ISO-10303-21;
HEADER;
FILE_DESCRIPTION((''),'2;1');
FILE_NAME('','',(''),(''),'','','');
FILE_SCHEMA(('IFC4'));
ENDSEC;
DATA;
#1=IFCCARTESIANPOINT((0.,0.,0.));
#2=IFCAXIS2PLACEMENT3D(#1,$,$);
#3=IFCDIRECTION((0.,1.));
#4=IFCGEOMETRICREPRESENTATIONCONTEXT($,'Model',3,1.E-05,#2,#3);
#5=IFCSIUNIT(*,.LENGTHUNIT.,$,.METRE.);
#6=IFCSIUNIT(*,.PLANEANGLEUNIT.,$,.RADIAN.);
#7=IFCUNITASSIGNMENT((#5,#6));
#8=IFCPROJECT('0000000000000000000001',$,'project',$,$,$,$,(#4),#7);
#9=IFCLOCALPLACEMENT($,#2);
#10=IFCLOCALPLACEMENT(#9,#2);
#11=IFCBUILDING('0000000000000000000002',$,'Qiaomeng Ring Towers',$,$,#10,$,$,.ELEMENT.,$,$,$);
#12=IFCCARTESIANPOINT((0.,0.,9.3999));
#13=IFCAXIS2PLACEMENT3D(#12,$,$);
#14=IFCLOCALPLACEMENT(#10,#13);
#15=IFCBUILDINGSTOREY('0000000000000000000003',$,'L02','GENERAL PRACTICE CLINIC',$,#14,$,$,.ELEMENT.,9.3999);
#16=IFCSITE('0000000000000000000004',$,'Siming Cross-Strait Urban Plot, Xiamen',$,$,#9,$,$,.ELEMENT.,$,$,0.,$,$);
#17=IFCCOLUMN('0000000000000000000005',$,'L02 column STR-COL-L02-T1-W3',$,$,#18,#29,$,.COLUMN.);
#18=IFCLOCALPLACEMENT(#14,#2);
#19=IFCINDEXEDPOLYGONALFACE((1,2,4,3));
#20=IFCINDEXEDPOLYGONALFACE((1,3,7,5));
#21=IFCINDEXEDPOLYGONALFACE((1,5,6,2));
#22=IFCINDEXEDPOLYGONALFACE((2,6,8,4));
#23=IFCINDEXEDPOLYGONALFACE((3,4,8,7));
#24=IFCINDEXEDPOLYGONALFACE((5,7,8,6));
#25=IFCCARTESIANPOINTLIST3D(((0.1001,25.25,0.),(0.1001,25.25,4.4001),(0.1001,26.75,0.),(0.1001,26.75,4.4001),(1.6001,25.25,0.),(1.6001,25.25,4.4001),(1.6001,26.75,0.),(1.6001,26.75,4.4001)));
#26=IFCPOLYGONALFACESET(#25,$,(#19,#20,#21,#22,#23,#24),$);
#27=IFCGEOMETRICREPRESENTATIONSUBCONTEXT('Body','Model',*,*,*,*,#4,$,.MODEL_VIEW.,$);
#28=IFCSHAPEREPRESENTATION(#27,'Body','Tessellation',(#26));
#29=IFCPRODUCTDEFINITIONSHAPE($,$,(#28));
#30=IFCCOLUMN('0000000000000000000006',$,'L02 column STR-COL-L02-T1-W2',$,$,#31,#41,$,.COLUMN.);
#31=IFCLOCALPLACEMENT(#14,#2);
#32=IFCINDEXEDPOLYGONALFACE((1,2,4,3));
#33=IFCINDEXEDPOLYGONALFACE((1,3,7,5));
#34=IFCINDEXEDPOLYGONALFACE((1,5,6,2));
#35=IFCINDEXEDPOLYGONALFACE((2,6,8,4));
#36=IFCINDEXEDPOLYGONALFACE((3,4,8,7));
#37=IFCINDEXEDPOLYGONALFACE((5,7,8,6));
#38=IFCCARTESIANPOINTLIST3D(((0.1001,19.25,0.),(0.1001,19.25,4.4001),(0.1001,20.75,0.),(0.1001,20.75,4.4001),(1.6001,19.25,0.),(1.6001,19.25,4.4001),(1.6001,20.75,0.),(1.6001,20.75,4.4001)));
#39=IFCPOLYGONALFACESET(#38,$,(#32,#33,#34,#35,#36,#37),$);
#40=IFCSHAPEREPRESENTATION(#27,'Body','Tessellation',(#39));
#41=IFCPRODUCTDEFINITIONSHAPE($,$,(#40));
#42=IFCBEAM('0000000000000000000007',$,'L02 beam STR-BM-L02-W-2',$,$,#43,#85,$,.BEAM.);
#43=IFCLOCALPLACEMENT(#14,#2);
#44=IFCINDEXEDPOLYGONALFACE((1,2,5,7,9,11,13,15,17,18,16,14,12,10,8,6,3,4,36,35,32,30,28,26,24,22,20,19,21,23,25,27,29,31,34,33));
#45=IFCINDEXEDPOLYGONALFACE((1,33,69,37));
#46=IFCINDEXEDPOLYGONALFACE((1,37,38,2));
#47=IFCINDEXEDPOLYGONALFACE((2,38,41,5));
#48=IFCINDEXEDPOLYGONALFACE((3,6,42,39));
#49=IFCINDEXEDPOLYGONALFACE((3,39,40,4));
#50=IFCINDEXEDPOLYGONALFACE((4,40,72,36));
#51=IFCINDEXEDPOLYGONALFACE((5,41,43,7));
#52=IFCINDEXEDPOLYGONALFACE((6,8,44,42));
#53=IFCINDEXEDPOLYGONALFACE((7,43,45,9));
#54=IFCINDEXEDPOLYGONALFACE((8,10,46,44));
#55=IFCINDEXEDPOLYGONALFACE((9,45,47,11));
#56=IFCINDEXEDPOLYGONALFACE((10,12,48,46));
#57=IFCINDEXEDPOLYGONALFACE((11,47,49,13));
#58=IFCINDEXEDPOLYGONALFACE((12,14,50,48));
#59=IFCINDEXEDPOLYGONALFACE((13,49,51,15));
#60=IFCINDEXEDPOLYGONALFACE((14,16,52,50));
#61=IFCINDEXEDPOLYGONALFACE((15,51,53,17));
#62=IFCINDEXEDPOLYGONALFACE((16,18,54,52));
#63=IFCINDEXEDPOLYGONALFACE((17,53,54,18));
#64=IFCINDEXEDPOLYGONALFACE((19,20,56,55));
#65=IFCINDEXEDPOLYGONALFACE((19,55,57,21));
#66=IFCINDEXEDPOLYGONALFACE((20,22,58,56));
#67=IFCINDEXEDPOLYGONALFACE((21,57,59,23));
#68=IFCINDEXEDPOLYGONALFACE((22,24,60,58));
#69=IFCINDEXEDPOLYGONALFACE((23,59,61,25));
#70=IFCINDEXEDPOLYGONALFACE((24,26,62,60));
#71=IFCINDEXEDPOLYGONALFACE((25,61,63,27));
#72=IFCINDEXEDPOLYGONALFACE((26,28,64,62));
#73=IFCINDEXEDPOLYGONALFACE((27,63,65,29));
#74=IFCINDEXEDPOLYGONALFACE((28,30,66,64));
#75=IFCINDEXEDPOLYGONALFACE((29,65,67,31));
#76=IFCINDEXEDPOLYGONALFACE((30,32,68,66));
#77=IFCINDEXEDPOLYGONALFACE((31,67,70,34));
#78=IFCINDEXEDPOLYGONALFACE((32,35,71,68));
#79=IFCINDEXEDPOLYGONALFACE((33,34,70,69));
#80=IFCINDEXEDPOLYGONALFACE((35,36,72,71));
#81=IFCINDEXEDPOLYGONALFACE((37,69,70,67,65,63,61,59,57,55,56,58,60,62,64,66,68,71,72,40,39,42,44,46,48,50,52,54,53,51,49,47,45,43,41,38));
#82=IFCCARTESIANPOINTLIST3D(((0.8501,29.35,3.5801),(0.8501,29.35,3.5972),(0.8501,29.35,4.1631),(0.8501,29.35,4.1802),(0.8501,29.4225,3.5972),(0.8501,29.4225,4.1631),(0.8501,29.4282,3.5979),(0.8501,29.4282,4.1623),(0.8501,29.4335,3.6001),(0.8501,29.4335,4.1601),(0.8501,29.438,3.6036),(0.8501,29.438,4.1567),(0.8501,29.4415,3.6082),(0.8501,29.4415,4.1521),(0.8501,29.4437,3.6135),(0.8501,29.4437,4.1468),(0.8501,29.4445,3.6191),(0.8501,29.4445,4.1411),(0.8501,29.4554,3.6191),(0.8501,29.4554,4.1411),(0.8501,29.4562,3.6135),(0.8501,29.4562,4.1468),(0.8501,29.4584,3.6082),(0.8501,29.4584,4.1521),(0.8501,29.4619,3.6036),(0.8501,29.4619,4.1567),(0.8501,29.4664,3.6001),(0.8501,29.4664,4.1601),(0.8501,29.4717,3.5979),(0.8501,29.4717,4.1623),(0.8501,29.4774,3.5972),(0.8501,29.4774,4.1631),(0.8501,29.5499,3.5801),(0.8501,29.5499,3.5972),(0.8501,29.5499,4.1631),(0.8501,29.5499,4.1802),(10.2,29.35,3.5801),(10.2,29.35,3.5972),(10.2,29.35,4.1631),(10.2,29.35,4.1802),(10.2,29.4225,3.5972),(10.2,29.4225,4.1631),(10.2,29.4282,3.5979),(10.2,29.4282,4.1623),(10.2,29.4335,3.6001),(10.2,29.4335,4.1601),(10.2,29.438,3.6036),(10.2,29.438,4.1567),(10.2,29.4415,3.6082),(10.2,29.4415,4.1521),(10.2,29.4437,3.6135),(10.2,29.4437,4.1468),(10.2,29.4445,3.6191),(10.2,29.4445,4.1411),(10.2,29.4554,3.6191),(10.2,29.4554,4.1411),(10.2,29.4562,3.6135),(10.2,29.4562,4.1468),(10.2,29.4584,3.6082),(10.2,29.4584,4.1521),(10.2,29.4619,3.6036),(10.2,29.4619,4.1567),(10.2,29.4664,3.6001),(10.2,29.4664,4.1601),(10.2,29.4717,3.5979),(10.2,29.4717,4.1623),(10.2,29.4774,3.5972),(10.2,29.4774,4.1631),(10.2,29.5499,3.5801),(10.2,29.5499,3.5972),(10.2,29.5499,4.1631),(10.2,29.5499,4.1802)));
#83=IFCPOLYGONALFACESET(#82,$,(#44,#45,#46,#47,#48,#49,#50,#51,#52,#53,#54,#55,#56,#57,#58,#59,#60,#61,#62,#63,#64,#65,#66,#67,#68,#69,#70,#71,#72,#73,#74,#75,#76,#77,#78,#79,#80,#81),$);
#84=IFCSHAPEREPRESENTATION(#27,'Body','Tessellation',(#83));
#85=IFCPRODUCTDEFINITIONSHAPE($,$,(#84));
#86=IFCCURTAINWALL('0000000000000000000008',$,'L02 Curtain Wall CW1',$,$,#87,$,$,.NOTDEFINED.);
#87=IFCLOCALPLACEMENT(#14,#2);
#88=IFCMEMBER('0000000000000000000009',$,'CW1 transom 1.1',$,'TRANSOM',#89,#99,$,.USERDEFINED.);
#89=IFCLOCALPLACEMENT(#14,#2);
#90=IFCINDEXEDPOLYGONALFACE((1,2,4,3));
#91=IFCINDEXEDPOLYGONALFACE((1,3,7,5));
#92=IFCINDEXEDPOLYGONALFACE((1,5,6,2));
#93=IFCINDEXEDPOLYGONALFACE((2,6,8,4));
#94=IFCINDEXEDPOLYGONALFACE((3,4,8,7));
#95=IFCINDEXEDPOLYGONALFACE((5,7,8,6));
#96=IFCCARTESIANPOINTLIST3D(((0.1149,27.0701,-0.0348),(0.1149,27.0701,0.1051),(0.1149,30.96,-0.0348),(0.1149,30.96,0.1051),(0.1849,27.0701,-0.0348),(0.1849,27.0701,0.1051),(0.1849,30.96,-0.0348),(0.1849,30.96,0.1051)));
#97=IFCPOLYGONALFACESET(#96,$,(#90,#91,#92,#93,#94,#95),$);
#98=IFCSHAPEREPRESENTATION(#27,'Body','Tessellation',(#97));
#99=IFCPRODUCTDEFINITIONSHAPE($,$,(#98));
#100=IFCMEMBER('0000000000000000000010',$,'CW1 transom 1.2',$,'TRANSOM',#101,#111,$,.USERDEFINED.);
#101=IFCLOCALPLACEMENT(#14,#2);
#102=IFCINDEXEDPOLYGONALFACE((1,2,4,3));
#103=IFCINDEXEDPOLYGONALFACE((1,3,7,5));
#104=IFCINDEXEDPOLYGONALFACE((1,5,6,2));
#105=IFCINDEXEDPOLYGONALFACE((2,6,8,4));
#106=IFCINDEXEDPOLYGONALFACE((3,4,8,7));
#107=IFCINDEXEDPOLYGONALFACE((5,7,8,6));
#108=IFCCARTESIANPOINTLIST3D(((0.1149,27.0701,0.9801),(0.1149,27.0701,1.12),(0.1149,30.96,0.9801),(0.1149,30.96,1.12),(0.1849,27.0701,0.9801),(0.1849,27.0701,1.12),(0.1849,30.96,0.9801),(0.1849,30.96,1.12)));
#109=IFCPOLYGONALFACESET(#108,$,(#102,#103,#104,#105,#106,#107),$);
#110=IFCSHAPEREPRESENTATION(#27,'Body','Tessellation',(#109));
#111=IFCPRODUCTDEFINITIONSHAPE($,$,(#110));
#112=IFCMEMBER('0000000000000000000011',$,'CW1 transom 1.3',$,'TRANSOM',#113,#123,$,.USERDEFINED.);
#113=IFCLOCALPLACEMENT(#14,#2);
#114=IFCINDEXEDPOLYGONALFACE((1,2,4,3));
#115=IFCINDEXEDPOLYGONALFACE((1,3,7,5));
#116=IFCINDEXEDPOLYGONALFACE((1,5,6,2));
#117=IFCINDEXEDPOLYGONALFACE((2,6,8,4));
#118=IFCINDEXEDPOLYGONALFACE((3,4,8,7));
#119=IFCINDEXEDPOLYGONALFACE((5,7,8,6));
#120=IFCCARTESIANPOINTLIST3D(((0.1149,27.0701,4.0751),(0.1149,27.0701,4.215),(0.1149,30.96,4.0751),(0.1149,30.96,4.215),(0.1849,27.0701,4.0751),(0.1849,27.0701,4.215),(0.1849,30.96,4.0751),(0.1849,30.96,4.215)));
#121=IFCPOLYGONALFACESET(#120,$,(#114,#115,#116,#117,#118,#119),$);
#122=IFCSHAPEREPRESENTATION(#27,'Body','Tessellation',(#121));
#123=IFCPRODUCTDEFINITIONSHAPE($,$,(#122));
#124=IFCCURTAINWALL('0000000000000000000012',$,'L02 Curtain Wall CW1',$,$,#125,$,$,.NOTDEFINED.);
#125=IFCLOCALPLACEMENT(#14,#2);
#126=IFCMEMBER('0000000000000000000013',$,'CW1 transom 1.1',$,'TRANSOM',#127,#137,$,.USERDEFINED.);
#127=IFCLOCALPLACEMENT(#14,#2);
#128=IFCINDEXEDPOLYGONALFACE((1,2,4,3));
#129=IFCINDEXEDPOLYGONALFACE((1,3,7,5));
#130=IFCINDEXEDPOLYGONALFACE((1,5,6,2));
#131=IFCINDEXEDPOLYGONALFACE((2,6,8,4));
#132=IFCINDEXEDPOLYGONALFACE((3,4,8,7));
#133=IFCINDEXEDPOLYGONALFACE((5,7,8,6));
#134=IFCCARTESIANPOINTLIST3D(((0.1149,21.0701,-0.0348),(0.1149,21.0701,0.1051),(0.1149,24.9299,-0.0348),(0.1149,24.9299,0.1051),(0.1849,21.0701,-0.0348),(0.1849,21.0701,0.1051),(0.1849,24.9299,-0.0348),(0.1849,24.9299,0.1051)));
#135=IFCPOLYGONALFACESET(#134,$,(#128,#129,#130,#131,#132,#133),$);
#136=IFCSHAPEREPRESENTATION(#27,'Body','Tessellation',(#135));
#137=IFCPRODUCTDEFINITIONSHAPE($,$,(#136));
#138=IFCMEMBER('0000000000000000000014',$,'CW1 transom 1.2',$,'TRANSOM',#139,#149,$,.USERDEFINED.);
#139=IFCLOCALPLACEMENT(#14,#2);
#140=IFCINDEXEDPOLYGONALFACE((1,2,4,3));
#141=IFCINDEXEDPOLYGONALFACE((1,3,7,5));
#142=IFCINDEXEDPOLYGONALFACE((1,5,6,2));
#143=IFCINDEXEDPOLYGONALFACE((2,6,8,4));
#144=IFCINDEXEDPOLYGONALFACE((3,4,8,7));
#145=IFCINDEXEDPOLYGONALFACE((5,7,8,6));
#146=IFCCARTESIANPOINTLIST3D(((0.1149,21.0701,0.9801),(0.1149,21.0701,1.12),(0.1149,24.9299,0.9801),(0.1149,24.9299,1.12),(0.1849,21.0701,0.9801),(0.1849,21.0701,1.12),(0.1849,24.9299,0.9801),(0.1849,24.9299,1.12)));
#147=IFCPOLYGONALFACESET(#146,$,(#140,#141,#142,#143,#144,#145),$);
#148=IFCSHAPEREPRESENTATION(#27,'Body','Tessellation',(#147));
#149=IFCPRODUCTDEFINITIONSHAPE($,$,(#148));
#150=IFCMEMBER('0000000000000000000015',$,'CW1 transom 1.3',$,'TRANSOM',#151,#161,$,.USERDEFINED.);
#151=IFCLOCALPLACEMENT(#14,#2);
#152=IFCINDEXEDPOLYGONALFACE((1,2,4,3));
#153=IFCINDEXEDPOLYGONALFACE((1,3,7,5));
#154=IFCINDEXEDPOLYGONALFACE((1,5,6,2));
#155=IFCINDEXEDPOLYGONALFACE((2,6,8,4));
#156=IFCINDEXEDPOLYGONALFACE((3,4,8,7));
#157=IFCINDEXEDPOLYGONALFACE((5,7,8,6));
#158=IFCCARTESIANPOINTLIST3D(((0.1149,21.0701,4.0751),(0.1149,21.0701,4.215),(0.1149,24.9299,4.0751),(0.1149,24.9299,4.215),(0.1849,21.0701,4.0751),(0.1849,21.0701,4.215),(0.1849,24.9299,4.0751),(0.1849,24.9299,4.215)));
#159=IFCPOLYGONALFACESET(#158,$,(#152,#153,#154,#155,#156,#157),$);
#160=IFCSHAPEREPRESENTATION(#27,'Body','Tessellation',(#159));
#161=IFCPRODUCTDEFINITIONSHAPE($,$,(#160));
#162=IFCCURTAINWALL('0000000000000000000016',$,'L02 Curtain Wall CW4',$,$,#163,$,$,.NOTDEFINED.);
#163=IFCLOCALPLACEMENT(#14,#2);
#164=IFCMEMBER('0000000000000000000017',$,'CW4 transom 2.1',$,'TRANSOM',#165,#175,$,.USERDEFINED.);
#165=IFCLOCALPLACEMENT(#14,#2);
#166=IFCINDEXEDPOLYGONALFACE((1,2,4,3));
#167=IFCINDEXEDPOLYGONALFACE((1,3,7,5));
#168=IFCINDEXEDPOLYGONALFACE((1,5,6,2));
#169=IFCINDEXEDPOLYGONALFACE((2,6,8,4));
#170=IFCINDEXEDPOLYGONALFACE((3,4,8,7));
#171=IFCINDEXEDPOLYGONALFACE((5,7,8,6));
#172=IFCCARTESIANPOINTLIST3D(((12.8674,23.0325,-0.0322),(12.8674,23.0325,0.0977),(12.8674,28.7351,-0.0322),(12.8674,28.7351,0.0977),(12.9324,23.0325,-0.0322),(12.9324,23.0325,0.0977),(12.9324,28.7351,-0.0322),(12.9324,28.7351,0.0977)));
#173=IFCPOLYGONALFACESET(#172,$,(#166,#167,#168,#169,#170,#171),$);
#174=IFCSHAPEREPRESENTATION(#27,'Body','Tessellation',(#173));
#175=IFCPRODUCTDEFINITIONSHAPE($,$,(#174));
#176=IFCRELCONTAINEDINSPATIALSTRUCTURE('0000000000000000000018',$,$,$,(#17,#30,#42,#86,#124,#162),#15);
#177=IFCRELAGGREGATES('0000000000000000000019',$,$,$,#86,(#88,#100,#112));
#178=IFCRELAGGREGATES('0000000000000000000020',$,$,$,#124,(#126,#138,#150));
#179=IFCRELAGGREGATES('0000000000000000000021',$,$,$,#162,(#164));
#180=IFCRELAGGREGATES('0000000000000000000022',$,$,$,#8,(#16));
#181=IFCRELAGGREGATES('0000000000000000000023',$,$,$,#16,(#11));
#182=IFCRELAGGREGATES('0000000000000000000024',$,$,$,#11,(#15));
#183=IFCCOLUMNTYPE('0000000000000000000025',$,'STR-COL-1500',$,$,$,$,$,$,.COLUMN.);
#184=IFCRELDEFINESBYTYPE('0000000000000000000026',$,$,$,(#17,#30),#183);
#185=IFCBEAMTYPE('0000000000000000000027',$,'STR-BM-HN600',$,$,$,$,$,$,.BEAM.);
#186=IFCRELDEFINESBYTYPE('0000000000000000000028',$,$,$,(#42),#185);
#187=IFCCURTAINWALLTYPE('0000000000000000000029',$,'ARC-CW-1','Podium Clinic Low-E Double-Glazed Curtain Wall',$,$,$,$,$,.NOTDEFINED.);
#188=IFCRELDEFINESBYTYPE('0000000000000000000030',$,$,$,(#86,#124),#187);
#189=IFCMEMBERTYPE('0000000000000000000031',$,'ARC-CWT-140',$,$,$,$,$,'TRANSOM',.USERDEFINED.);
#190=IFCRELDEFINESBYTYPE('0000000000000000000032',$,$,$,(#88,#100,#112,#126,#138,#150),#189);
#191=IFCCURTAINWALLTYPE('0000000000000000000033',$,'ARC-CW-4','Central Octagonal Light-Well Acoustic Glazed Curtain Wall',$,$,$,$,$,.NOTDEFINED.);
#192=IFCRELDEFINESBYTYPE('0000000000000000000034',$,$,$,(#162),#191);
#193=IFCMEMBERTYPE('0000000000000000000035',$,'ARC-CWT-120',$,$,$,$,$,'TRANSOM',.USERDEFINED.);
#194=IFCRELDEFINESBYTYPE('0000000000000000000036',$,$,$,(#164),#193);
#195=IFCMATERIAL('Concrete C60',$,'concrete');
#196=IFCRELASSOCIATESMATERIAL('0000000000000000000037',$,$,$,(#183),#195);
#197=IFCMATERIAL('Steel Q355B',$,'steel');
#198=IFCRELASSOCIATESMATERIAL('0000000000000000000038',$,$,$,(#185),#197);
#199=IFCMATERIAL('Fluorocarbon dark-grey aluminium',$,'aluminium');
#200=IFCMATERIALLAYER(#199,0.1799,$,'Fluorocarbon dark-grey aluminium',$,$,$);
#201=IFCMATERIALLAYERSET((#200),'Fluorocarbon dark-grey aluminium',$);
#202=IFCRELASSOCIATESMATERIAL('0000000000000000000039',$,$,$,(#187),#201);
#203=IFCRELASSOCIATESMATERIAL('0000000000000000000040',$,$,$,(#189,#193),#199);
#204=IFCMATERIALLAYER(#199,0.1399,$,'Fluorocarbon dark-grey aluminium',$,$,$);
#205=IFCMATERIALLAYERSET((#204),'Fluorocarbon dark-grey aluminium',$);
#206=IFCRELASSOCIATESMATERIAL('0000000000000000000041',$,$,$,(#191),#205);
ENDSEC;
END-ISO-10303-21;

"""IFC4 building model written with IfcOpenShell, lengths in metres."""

from ifc_helpers import new_model, si_unit, direction, frame, origin, origin_2d, place, context, subcontext, project, spatial, rectangle, i_section, extrude, source, transform, mapped, material, layer, layer_set, material_profile, profile_set, type_object, element, aggregate, save


model = new_model("IFC4")

# Units and contexts
model_context = context("Model", 3, precision=1e-05, world=origin(), true_north=direction((0.0, 1.0)))
body_context = subcontext(model_context, "Body", "Model", "MODEL_VIEW")
ifc_project = project(units=[si_unit("LENGTHUNIT", "METRE"), si_unit("PLANEANGLEUNIT", "RADIAN")], contexts=[model_context])

# Site, building, storey
site_placement = place(None, origin())
site = spatial("IfcSite", under=ifc_project, at=site_placement, Name="Siming Cross-Strait Urban Plot, Xiamen", CompositionType="ELEMENT", RefElevation=0.0)
building_placement = place(site_placement, origin())
building = spatial("IfcBuilding", under=site, at=building_placement, Name="Qiaomeng Ring Towers", CompositionType="ELEMENT")
storey_placement = place(building_placement, frame((0.0, 0.0, 9.3999)))
storey = spatial("IfcBuildingStorey", under=building, at=storey_placement, Name="L02", Description="GENERAL PRACTICE CLINIC", CompositionType="ELEMENT", Elevation=9.3999)

# Columns
ifc_material_1 = material(Name="Concrete C60", Category="concrete")
ifc_material_profile_1 = material_profile(ifc_material_1, rectangle(XDim=1.5, YDim=1.5, at=origin_2d()), Name="RC COL 1500x1500")
ifc_profile_set_1 = profile_set([ifc_material_profile_1], Name="Concrete C60")
column_type = type_object("IfcColumnType", Name="STR-COL-1500", PredefinedType="COLUMN", material=ifc_profile_set_1)
shared_shape_1 = source(origin(), body_context, "Body", "SweptSolid", [
    extrude(rectangle(XDim=1.5, YDim=1.5, at=origin_2d()), origin(), (0.0, 0.0, 1.0), 4.4001),
])
for number, where, z_axis, x_axis, name in (
    (1, (0.8501, 26.0, 0.0), (0.0, 0.0, 1.0), (1.0, 0.0, 0.0), "L02 column STR-COL-L02-T1-W3"),
    (2, (0.8501, 20.0, 0.0), (0.0, 0.0, 1.0), (1.0, 0.0, 0.0), "L02 column STR-COL-L02-T1-W2"),
):
    element("IfcColumn", number, at=place(storey_placement, frame(where, z_axis=z_axis, x_axis=x_axis)), inside=storey, type_object=column_type, Name=name, PredefinedType="COLUMN", context=body_context, shape_type="MappedRepresentation", body=[
        mapped(shared_shape_1, transform((0.0, 0.0, 0.0), x_axis=(1.0, 0.0, 0.0), y_axis=(0.0, 1.0, 0.0), z_axis=(0.0, 0.0, 1.0), scale=1.0)),
    ])

# Beam
ifc_material_2 = material(Name="Steel Q355B", Category="steel")
ifc_material_profile_2 = material_profile(ifc_material_2, i_section(OverallWidth=0.2, OverallDepth=0.6001, WebThickness=0.011, FlangeThickness=0.0171, FilletRadius=0.022, at=origin_2d()), Name="HN 600x200x11x17")
ifc_profile_set_2 = profile_set([ifc_material_profile_2], Name="Steel Q355B")
beam_type = type_object("IfcBeamType", Name="STR-BM-HN600", PredefinedType="BEAM", material=ifc_profile_set_2)
shared_shape_2 = source(origin(), body_context, "Body", "SweptSolid", [
    extrude(i_section(OverallWidth=0.2, OverallDepth=0.6001, WebThickness=0.011, FlangeThickness=0.0171, FilletRadius=0.022, at=origin_2d()), origin(), (0.0, 0.0, 1.0), 9.3499),
])
beam_placement = place(storey_placement, frame((0.8501, 29.45, 3.8801), z_axis=(1.0, 0.0, 0.0), x_axis=(0.0, 1.0, 0.0)))
element("IfcBeam", 3, at=beam_placement, inside=storey, type_object=beam_type, Name="L02 beam STR-BM-L02-W-2", PredefinedType="BEAM", context=body_context, shape_type="MappedRepresentation", body=[
    mapped(shared_shape_2, transform((0.0, 0.0, 0.0), x_axis=(1.0, 0.0, 0.0), y_axis=(0.0, 1.0, 0.0), z_axis=(0.0, 0.0, 1.0), scale=1.0)),
])

# Curtain walls, members
ifc_material_3 = material(Name="Fluorocarbon dark-grey aluminium", Category="aluminium")
ifc_layer_1 = layer(ifc_material_3, 0.1799, Name="Fluorocarbon dark-grey aluminium")
ifc_layer_set_1 = layer_set([ifc_layer_1], Name="Fluorocarbon dark-grey aluminium")
curtain_wall_type_1 = type_object("IfcCurtainWallType", Name="ARC-CW-1", Description="Podium Clinic Low-E Double-Glazed Curtain Wall", PredefinedType="NOTDEFINED", material=ifc_layer_set_1)
curtain_wall_1_placement = place(storey_placement, origin())
curtain_wall_1 = element("IfcCurtainWall", 4, at=curtain_wall_1_placement, inside=storey, type_object=curtain_wall_type_1, Name="L02 Curtain Wall CW1", PredefinedType="NOTDEFINED")
ifc_material_profile_3 = material_profile(ifc_material_3, rectangle(XDim=0.0701, YDim=0.1399, at=origin_2d()), Name="ALU TRAN 70x140")
ifc_profile_set_3 = profile_set([ifc_material_profile_3], Name="Fluorocarbon dark-grey aluminium")
member_type_1 = type_object("IfcMemberType", Name="ARC-CWT-140", ElementType="TRANSOM", PredefinedType="USERDEFINED", material=ifc_profile_set_3)
shared_shape_3 = source(origin(), body_context, "Body", "SweptSolid", [
    extrude(rectangle(XDim=0.0701, YDim=0.1399, at=origin_2d()), origin(), (0.0, 0.0, 1.0), 3.8899),
])
member_1_placement = place(storey_placement, frame((0.1499, 27.0701, 0.0352), z_axis=(0.0, 1.0, 0.0), x_axis=(-1.0, 0.0, 0.0)))
member_1 = element("IfcMember", 5, at=member_1_placement, type_object=member_type_1, Name="CW1 transom 1.1", ObjectType="TRANSOM", PredefinedType="USERDEFINED", context=body_context, shape_type="MappedRepresentation", body=[
    mapped(shared_shape_3, transform((0.0, 0.0, 0.0), x_axis=(1.0, 0.0, 0.0), y_axis=(0.0, 1.0, 0.0), z_axis=(0.0, 0.0, 1.0), scale=1.0)),
])
member_2_placement = place(storey_placement, frame((0.1499, 27.0701, 1.05), z_axis=(0.0, 1.0, 0.0), x_axis=(-1.0, 0.0, 0.0)))
member_2 = element("IfcMember", 6, at=member_2_placement, type_object=member_type_1, Name="CW1 transom 1.2", ObjectType="TRANSOM", PredefinedType="USERDEFINED", context=body_context, shape_type="MappedRepresentation", body=[
    mapped(shared_shape_3, transform((0.0, 0.0, 0.0), x_axis=(1.0, 0.0, 0.0), y_axis=(0.0, 1.0, 0.0), z_axis=(0.0, 0.0, 1.0), scale=1.0)),
])
member_3_placement = place(storey_placement, frame((0.1499, 27.0701, 4.145), z_axis=(0.0, 1.0, 0.0), x_axis=(-1.0, 0.0, 0.0)))
member_3 = element("IfcMember", 7, at=member_3_placement, type_object=member_type_1, Name="CW1 transom 1.3", ObjectType="TRANSOM", PredefinedType="USERDEFINED", context=body_context, shape_type="MappedRepresentation", body=[
    mapped(shared_shape_3, transform((0.0, 0.0, 0.0), x_axis=(1.0, 0.0, 0.0), y_axis=(0.0, 1.0, 0.0), z_axis=(0.0, 0.0, 1.0), scale=1.0)),
])
curtain_wall_2_placement = place(storey_placement, origin())
curtain_wall_2 = element("IfcCurtainWall", 8, at=curtain_wall_2_placement, inside=storey, type_object=curtain_wall_type_1, Name="L02 Curtain Wall CW1", PredefinedType="NOTDEFINED")
shared_shape_4 = source(origin(), body_context, "Body", "SweptSolid", [
    extrude(rectangle(XDim=0.0701, YDim=0.1399, at=origin_2d()), origin(), (0.0, 0.0, 1.0), 3.8599),
])
member_4_placement = place(storey_placement, frame((0.1499, 21.0701, 0.0352), z_axis=(0.0, 1.0, 0.0), x_axis=(-1.0, 0.0, 0.0)))
member_4 = element("IfcMember", 9, at=member_4_placement, type_object=member_type_1, Name="CW1 transom 1.1", ObjectType="TRANSOM", PredefinedType="USERDEFINED", context=body_context, shape_type="MappedRepresentation", body=[
    mapped(shared_shape_4, transform((0.0, 0.0, 0.0), x_axis=(1.0, 0.0, 0.0), y_axis=(0.0, 1.0, 0.0), z_axis=(0.0, 0.0, 1.0), scale=1.0)),
])
member_5_placement = place(storey_placement, frame((0.1499, 21.0701, 1.05), z_axis=(0.0, 1.0, 0.0), x_axis=(-1.0, 0.0, 0.0)))
member_5 = element("IfcMember", 10, at=member_5_placement, type_object=member_type_1, Name="CW1 transom 1.2", ObjectType="TRANSOM", PredefinedType="USERDEFINED", context=body_context, shape_type="MappedRepresentation", body=[
    mapped(shared_shape_4, transform((0.0, 0.0, 0.0), x_axis=(1.0, 0.0, 0.0), y_axis=(0.0, 1.0, 0.0), z_axis=(0.0, 0.0, 1.0), scale=1.0)),
])
member_6_placement = place(storey_placement, frame((0.1499, 21.0701, 4.145), z_axis=(0.0, 1.0, 0.0), x_axis=(-1.0, 0.0, 0.0)))
member_6 = element("IfcMember", 11, at=member_6_placement, type_object=member_type_1, Name="CW1 transom 1.3", ObjectType="TRANSOM", PredefinedType="USERDEFINED", context=body_context, shape_type="MappedRepresentation", body=[
    mapped(shared_shape_4, transform((0.0, 0.0, 0.0), x_axis=(1.0, 0.0, 0.0), y_axis=(0.0, 1.0, 0.0), z_axis=(0.0, 0.0, 1.0), scale=1.0)),
])
ifc_layer_2 = layer(ifc_material_3, 0.1399, Name="Fluorocarbon dark-grey aluminium")
ifc_layer_set_2 = layer_set([ifc_layer_2], Name="Fluorocarbon dark-grey aluminium")
curtain_wall_type_2 = type_object("IfcCurtainWallType", Name="ARC-CW-4", Description="Central Octagonal Light-Well Acoustic Glazed Curtain Wall", PredefinedType="NOTDEFINED", material=ifc_layer_set_2)
curtain_wall_3_placement = place(storey_placement, origin())
curtain_wall_3 = element("IfcCurtainWall", 12, at=curtain_wall_3_placement, inside=storey, type_object=curtain_wall_type_2, Name="L02 Curtain Wall CW4", PredefinedType="NOTDEFINED")
ifc_material_profile_4 = material_profile(ifc_material_3, rectangle(XDim=0.0649, YDim=0.1299, at=origin_2d()), Name="ALU TRAN 65x130")
ifc_profile_set_4 = profile_set([ifc_material_profile_4], Name="Fluorocarbon dark-grey aluminium")
member_type_2 = type_object("IfcMemberType", Name="ARC-CWT-120", ElementType="TRANSOM", PredefinedType="USERDEFINED", material=ifc_profile_set_4)
shared_shape_5 = source(origin(), body_context, "Body", "SweptSolid", [
    extrude(rectangle(XDim=0.0649, YDim=0.1299, at=origin_2d()), origin(), (0.0, 0.0, 1.0), 5.7026),
])
member_7_placement = place(storey_placement, frame((12.8999, 23.0325, 0.0327), z_axis=(0.0, 1.0, 0.0), x_axis=(-1.0, 0.0, 0.0)))
member_7 = element("IfcMember", 13, at=member_7_placement, type_object=member_type_2, Name="CW4 transom 2.1", ObjectType="TRANSOM", PredefinedType="USERDEFINED", context=body_context, shape_type="MappedRepresentation", body=[
    mapped(shared_shape_5, transform((0.0, 0.0, 0.0), x_axis=(1.0, 0.0, 0.0), y_axis=(0.0, 1.0, 0.0), z_axis=(0.0, 0.0, 1.0), scale=1.0)),
])

aggregate(curtain_wall_1, [member_1, member_2, member_3])
aggregate(curtain_wall_2, [member_4, member_5, member_6])
aggregate(curtain_wall_3, [member_7])

save(model, "model.ifc")
